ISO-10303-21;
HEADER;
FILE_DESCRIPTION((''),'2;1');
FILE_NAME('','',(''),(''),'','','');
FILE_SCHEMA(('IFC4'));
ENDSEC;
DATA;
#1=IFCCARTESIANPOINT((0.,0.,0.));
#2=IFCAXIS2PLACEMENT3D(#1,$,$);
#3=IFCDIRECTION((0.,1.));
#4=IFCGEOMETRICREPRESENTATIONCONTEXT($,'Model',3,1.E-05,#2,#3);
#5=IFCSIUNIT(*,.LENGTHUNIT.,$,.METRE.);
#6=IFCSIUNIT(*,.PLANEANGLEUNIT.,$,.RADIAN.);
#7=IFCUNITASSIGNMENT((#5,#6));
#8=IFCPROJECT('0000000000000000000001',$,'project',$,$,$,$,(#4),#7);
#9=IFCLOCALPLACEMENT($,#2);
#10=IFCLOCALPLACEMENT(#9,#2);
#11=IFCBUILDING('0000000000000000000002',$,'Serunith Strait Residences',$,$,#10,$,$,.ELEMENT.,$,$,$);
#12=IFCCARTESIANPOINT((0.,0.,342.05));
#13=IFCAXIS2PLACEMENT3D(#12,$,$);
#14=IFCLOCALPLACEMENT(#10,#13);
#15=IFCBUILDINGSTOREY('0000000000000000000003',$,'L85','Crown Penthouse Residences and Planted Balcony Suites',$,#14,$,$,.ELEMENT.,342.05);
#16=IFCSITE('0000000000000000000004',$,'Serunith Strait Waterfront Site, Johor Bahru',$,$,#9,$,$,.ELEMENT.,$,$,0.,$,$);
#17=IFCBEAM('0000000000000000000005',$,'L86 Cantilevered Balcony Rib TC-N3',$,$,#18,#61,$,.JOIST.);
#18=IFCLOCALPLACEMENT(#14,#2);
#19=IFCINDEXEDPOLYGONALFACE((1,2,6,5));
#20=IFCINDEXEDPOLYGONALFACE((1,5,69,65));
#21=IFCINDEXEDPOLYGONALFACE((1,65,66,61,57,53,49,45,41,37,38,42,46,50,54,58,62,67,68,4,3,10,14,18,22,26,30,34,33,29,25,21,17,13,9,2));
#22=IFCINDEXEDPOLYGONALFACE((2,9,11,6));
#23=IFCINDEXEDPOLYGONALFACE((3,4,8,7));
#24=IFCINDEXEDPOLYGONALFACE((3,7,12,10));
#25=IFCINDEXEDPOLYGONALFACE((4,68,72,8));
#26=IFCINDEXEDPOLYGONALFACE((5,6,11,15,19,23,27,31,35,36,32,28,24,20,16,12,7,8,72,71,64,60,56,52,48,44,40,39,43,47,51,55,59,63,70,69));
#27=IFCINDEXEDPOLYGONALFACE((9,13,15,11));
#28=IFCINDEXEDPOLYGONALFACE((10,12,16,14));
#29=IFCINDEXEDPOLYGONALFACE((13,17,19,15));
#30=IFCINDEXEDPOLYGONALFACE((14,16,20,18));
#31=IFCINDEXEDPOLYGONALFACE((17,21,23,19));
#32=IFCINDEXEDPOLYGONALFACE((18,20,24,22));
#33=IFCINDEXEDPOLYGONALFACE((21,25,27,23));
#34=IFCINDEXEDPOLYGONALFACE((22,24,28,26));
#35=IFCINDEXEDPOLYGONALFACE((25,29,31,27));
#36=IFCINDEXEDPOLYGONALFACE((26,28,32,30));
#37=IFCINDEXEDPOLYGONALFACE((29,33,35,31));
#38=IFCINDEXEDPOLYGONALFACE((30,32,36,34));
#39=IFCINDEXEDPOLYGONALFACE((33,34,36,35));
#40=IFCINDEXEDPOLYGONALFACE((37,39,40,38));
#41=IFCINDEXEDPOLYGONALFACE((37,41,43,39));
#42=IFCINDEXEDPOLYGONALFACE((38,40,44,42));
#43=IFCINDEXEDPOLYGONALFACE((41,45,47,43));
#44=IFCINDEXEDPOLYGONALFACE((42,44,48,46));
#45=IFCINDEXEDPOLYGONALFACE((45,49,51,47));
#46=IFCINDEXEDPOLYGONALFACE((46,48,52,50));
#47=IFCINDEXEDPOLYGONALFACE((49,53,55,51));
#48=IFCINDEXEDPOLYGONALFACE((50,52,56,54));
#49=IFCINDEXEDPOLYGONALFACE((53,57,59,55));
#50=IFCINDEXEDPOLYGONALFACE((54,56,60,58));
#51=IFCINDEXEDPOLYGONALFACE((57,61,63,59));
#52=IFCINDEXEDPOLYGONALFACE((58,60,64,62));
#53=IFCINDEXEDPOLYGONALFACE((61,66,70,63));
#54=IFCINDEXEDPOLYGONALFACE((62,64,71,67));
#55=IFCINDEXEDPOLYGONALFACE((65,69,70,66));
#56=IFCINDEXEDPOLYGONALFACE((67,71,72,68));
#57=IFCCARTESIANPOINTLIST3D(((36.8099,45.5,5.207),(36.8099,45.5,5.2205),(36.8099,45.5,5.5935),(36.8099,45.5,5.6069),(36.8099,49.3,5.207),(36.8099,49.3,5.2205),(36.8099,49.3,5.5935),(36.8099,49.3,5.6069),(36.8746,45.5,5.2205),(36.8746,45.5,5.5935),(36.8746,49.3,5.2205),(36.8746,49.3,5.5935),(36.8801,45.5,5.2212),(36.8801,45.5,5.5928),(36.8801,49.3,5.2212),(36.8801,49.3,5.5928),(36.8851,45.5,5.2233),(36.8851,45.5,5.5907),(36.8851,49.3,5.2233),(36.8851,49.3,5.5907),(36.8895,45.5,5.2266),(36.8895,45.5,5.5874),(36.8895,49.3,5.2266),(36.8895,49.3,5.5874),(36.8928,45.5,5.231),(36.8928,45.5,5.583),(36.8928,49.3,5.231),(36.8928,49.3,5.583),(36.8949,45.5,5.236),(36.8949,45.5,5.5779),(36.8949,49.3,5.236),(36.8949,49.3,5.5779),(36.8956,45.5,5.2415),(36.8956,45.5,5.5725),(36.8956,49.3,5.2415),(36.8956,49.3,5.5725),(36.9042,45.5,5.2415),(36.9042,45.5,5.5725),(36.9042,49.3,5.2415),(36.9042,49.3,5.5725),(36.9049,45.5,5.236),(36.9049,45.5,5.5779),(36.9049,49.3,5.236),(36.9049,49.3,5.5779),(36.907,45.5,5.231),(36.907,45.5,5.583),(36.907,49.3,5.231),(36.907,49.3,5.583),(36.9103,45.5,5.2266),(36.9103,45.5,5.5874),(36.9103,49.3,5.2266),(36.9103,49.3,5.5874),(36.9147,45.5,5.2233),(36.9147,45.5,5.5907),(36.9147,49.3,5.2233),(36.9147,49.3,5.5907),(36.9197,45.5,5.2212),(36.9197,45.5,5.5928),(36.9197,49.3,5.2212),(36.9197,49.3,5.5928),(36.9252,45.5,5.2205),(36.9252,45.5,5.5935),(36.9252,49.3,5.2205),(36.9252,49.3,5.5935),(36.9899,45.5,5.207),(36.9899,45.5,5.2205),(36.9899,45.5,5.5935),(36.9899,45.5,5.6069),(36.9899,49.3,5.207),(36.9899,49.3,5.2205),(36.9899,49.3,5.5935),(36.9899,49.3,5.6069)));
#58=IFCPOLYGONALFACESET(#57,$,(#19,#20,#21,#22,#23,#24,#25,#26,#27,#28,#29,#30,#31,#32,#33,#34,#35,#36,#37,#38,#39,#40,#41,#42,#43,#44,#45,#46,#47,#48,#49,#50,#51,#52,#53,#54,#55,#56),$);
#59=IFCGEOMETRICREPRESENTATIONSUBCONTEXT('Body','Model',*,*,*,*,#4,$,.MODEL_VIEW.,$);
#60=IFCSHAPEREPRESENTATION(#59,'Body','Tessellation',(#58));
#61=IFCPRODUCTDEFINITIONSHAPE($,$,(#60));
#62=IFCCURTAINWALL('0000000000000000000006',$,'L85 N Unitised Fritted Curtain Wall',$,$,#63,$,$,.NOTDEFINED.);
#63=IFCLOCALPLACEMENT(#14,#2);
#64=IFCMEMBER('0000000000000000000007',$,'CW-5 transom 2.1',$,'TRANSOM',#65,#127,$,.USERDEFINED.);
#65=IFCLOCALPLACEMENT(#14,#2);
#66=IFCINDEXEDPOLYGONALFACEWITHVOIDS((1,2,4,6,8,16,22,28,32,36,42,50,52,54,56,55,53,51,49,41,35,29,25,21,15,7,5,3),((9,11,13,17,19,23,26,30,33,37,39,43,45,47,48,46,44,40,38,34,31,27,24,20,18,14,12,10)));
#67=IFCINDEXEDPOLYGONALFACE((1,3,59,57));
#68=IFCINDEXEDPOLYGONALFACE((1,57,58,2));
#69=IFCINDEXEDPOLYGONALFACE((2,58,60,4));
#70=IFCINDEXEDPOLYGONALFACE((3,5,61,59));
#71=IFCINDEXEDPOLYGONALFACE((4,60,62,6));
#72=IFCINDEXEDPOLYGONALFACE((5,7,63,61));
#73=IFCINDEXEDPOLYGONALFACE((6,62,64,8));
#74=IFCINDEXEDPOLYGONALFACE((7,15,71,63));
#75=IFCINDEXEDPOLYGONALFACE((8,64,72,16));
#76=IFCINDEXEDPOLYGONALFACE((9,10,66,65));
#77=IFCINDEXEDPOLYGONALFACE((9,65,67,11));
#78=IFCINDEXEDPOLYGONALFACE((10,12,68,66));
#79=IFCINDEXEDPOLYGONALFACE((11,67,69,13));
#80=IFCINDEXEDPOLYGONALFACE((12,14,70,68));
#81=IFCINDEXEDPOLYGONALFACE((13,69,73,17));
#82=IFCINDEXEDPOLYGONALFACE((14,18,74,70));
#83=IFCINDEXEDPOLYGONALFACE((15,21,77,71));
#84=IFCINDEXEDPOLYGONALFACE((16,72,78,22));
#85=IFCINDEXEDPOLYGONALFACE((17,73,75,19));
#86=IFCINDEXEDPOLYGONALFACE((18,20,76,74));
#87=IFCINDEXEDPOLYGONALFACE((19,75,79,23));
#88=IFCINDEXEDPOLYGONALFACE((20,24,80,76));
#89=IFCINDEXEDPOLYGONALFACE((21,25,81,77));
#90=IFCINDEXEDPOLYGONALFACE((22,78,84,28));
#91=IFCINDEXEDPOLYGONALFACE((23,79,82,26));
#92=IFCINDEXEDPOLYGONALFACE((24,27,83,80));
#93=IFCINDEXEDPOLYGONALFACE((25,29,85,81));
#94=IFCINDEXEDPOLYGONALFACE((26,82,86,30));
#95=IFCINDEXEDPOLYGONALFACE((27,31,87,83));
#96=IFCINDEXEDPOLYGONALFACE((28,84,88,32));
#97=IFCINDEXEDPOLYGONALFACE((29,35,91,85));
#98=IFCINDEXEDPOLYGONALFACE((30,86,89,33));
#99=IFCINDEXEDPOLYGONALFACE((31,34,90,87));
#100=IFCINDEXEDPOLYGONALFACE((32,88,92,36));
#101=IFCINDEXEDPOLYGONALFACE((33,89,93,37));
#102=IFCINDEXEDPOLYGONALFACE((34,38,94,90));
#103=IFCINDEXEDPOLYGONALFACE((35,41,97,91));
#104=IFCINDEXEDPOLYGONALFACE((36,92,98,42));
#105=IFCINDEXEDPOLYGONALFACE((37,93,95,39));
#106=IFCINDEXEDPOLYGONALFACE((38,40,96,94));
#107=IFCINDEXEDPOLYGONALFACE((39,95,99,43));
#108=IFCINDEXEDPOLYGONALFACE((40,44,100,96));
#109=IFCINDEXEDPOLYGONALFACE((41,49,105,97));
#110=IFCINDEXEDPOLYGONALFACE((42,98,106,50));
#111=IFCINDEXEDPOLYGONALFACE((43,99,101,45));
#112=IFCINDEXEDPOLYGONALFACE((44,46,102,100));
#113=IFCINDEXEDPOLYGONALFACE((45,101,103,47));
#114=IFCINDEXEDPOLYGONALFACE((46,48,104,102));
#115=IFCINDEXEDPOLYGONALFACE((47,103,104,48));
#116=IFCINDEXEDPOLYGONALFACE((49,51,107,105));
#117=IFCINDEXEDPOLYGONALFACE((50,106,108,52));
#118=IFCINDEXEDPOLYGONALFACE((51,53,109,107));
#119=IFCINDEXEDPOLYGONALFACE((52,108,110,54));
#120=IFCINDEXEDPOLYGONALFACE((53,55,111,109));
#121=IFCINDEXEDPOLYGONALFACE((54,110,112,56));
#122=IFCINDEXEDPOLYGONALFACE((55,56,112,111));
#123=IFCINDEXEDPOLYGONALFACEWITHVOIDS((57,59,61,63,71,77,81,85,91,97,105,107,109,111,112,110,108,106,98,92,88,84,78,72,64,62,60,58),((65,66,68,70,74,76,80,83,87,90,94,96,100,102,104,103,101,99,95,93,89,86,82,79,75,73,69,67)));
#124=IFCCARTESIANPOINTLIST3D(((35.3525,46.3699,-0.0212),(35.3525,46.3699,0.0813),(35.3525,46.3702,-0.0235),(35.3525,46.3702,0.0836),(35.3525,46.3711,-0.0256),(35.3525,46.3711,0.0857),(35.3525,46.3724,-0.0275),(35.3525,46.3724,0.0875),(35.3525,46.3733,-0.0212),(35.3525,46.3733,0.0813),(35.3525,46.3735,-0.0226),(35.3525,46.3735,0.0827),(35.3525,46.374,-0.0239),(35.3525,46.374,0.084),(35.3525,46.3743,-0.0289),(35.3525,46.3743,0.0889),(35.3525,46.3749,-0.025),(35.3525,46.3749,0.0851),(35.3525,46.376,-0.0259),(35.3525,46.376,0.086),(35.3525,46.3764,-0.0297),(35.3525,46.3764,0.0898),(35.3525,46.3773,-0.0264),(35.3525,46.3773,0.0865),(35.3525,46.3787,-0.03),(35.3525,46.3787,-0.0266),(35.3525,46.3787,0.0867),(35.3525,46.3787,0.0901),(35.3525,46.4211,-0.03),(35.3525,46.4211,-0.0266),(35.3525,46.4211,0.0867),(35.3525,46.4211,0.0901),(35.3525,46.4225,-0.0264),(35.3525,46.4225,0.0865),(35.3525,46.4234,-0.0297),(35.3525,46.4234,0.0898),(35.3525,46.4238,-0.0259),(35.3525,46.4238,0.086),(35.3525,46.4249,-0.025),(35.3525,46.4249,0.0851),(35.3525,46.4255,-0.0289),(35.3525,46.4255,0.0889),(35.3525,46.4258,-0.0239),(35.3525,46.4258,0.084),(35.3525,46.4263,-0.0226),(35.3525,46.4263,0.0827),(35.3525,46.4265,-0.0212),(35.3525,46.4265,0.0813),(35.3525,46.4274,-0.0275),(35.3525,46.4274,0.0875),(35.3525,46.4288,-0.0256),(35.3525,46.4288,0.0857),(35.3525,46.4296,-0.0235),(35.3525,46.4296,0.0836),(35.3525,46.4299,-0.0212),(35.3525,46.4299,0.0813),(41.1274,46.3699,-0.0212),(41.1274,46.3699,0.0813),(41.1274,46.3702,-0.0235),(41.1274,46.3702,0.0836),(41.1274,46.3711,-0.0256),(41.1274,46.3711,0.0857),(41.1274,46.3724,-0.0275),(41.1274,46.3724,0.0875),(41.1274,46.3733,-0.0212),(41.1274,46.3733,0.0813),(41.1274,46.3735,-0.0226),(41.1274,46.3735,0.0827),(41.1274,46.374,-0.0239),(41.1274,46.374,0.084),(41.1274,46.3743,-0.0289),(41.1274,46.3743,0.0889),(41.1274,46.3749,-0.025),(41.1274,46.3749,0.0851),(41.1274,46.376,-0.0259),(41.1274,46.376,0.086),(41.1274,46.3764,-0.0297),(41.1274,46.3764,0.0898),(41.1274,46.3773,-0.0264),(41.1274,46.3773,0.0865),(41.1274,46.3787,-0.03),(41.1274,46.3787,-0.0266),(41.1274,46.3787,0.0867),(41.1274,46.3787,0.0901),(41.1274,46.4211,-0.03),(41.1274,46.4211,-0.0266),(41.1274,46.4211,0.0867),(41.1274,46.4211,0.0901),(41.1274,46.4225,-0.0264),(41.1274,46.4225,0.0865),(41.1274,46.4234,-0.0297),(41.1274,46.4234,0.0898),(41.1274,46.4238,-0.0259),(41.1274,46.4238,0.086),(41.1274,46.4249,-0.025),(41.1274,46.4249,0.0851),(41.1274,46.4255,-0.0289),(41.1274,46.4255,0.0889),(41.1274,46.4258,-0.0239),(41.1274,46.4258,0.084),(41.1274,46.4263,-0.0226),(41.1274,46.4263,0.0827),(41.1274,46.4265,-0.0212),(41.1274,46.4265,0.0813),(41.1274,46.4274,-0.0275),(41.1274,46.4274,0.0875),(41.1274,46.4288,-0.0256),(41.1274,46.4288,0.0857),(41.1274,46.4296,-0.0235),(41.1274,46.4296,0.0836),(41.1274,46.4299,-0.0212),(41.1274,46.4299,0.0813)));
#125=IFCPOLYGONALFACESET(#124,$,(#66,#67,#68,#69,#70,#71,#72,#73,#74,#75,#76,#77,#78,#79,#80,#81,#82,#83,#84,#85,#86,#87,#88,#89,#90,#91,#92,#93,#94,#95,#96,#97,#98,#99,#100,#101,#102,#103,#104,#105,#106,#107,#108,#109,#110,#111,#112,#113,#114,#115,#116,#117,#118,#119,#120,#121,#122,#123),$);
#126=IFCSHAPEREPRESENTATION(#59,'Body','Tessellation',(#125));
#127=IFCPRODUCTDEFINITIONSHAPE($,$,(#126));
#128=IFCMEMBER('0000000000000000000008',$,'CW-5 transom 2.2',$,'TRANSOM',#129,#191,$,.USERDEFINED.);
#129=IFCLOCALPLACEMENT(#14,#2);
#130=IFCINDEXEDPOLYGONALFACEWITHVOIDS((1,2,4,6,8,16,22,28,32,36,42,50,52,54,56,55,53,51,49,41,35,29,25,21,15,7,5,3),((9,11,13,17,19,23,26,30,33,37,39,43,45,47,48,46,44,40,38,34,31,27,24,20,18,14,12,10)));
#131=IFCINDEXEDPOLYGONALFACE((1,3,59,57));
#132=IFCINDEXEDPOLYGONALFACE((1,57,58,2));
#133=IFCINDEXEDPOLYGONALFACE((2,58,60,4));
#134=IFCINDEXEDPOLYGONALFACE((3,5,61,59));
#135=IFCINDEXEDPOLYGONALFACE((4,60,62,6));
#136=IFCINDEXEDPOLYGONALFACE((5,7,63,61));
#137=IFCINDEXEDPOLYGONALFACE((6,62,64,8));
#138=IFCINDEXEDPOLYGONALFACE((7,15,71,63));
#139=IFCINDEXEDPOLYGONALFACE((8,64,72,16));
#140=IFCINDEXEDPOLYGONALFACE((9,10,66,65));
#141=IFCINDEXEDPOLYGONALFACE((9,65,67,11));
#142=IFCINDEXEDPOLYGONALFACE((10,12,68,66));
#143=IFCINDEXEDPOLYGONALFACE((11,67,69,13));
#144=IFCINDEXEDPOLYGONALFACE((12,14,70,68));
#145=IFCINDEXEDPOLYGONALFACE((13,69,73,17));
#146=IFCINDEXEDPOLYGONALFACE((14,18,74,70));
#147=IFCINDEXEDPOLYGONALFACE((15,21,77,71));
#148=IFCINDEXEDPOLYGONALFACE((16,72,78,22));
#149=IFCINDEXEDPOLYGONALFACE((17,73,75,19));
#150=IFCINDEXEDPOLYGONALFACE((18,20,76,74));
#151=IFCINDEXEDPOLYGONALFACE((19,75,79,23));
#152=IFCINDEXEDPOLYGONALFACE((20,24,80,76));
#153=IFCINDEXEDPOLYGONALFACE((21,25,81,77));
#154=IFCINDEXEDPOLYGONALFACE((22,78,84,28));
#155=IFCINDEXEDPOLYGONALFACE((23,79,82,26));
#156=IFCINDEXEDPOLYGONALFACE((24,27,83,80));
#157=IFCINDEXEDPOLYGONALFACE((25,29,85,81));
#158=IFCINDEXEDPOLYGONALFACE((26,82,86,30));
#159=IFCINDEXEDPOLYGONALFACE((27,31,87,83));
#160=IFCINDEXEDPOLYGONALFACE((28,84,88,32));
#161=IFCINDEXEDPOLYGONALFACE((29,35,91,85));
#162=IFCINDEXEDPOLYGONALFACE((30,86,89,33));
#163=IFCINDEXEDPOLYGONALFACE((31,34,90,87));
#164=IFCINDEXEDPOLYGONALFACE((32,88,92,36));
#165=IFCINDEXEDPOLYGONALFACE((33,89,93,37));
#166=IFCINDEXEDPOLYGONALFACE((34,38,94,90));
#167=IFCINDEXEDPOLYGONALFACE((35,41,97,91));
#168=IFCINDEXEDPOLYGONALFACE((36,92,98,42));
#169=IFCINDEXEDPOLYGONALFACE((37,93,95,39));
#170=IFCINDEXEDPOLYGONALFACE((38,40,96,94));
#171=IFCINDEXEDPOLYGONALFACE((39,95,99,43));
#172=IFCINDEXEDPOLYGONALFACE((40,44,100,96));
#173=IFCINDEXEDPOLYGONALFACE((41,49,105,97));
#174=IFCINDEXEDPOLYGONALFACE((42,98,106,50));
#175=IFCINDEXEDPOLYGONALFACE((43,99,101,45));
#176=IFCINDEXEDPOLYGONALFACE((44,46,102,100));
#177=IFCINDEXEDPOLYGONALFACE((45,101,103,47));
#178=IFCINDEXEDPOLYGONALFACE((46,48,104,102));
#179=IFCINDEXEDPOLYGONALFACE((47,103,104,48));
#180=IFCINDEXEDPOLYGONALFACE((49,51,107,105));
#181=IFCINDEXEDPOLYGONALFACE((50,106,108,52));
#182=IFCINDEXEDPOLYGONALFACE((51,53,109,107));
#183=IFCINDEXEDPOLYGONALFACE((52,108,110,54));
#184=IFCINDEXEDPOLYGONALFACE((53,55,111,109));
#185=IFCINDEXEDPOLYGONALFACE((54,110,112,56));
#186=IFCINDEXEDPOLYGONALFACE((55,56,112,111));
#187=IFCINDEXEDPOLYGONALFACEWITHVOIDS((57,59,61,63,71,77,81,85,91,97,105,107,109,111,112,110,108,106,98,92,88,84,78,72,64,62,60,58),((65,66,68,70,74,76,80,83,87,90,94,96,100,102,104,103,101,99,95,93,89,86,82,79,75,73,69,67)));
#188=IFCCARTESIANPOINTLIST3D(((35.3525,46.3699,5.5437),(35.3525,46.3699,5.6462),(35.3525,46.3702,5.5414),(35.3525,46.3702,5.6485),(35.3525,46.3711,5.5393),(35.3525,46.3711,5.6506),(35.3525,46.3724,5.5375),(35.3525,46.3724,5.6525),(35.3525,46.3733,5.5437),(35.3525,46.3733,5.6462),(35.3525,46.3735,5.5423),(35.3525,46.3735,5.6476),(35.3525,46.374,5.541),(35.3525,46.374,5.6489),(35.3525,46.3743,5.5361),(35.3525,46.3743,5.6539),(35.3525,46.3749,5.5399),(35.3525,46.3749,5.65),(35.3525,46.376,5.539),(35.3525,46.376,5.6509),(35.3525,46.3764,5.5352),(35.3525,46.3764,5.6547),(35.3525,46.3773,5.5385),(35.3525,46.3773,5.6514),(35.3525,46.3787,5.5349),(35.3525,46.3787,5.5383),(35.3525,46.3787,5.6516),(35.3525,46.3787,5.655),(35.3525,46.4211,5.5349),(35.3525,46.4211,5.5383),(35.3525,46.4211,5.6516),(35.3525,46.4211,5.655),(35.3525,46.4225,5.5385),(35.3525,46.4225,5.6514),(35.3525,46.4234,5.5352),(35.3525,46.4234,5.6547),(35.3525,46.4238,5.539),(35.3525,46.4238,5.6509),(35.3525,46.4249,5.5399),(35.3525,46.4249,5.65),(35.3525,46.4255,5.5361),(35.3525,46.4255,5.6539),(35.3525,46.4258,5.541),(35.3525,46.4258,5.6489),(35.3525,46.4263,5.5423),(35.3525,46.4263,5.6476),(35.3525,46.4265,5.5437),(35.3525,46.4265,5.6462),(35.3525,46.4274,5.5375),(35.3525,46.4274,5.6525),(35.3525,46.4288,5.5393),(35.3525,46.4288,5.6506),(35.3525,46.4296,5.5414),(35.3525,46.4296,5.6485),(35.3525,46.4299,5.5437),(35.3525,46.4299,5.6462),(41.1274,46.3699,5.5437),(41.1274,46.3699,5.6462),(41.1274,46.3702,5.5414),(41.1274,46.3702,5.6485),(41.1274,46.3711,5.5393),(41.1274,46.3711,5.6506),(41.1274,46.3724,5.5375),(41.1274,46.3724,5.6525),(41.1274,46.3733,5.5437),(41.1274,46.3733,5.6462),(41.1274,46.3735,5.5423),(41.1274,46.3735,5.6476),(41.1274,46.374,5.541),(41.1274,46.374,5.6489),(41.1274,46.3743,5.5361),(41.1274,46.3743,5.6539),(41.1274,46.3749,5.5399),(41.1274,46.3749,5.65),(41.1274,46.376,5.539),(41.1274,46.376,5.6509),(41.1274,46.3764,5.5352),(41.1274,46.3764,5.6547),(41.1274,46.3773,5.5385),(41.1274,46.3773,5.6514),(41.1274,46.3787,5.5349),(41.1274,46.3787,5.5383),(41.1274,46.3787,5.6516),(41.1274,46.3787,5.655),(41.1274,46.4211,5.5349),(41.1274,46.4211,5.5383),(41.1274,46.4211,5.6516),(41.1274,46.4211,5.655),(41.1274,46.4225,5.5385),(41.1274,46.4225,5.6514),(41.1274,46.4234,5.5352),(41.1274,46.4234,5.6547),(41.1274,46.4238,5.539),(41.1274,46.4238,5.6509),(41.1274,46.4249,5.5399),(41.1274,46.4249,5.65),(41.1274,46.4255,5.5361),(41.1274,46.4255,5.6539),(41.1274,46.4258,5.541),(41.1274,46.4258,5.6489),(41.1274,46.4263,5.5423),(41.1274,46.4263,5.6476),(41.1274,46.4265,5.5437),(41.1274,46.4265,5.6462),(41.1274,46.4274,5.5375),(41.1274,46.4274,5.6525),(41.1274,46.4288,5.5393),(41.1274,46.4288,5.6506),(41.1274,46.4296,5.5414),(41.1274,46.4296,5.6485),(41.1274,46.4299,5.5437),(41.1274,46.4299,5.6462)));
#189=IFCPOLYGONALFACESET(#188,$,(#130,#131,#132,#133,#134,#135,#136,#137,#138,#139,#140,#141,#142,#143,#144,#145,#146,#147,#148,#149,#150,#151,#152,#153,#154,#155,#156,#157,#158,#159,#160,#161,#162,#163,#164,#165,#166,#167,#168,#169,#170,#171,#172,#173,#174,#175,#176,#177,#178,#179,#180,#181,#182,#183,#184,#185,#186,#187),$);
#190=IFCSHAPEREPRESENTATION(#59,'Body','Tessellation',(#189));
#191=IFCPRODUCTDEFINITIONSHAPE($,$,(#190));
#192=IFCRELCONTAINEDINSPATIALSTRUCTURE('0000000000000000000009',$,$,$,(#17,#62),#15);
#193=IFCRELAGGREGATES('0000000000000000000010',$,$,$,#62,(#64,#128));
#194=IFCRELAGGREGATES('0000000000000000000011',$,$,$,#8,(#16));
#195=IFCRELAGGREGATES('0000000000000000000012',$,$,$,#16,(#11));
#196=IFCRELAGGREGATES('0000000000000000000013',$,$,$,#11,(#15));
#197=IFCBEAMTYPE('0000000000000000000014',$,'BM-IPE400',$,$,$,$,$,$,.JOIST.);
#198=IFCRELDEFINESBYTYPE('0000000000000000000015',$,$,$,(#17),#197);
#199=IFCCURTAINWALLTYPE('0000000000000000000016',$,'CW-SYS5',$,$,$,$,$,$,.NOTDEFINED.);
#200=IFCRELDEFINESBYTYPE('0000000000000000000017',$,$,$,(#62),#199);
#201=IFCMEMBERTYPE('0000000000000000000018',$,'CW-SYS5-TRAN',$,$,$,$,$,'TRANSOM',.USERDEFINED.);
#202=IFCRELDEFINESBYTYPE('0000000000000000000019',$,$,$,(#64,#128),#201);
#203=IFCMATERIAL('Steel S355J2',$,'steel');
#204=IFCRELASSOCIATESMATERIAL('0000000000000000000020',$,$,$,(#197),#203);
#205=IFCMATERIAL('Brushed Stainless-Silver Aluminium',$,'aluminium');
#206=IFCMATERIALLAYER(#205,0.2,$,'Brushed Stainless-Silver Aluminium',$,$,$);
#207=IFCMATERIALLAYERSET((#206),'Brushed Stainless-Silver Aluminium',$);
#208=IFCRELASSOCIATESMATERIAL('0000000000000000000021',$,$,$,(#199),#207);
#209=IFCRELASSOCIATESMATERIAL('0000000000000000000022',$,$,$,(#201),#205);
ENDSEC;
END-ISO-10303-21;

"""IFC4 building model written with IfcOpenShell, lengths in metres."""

from ifc_helpers import new_model, si_unit, direction, frame, origin, origin_2d, place, context, subcontext, project, spatial, hollow_rectangle, i_section, extrude, source, transform, mapped, material, layer, layer_set, material_profile, profile_set, type_object, element, aggregate, save


model = new_model("IFC4")

# Units and contexts
model_context = context("Model", 3, precision=1e-05, world=origin(), true_north=direction((0.0, 1.0)))
body_context = subcontext(model_context, "Body", "Model", "MODEL_VIEW")
ifc_project = project(units=[si_unit("LENGTHUNIT", "METRE"), si_unit("PLANEANGLEUNIT", "RADIAN")], contexts=[model_context])

# Site, building, storey
site_placement = place(None, origin())
site = spatial("IfcSite", under=ifc_project, at=site_placement, Name="Serunith Strait Waterfront Site, Johor Bahru", CompositionType="ELEMENT", RefElevation=0.0)
building_placement = place(site_placement, origin())
building = spatial("IfcBuilding", under=site, at=building_placement, Name="Serunith Strait Residences", CompositionType="ELEMENT")
storey_placement = place(building_placement, frame((0.0, 0.0, 342.05)))
storey = spatial("IfcBuildingStorey", under=building, at=storey_placement, Name="L85", Description="Crown Penthouse Residences and Planted Balcony Suites", CompositionType="ELEMENT", Elevation=342.05)

# Beam
ifc_material_1 = material(Name="Steel S355J2", Category="steel")
ifc_material_profile_1 = material_profile(ifc_material_1, i_section(OverallWidth=0.1799, OverallDepth=0.3999, WebThickness=0.0085, FlangeThickness=0.0134, FilletRadius=0.021, at=origin_2d()), Name="IPE 400")
ifc_profile_set_1 = profile_set([ifc_material_profile_1], Name="Steel S355J2")
beam_type_1 = type_object("IfcBeamType", Name="BM-IPE400", PredefinedType="JOIST", material=ifc_profile_set_1)
shared_shape_1 = source(origin(), body_context, "Body", "SweptSolid", [
    extrude(i_section(OverallWidth=0.1799, OverallDepth=0.3999, WebThickness=0.0085, FlangeThickness=0.0134, FilletRadius=0.021, at=origin_2d()), origin(), (0.0, 0.0, 1.0), 3.8),
])
beam_1_placement = place(storey_placement, frame((36.8999, 45.5, 5.407), z_axis=(0.0, 1.0, 0.0), x_axis=(-1.0, 0.0, 0.0)))
element("IfcBeam", 1, at=beam_1_placement, inside=storey, type_object=beam_type_1, Name="L86 Cantilevered Balcony Rib TC-N3", PredefinedType="JOIST", context=body_context, shape_type="MappedRepresentation", body=[
    mapped(shared_shape_1, transform((0.0, 0.0, 0.0), scale=1.0)),
])

# Curtain wall, members
ifc_material_2 = material(Name="Brushed Stainless-Silver Aluminium", Category="aluminium")
ifc_layer_1 = layer(ifc_material_2, 0.2, Name="Brushed Stainless-Silver Aluminium")
ifc_layer_set_1 = layer_set([ifc_layer_1], Name="Brushed Stainless-Silver Aluminium")
curtain_wall_type = type_object("IfcCurtainWallType", Name="CW-SYS5", PredefinedType="NOTDEFINED", material=ifc_layer_set_1)
curtain_wall_placement = place(storey_placement, origin())
curtain_wall = element("IfcCurtainWall", 2, at=curtain_wall_placement, inside=storey, type_object=curtain_wall_type, Name="L85 N Unitised Fritted Curtain Wall", PredefinedType="NOTDEFINED")
ifc_material_profile_2 = material_profile(ifc_material_2, hollow_rectangle(XDim=0.0601, YDim=0.1201, WallThickness=0.0034, InnerFilletRadius=0.0054, OuterFilletRadius=0.0088, at=origin_2d()), Name="ALU 120x60x3.5")
ifc_profile_set_2 = profile_set([ifc_material_profile_2], Name="Brushed Stainless-Silver Aluminium")
member_type_1 = type_object("IfcMemberType", Name="CW-SYS5-TRAN", ElementType="TRANSOM", PredefinedType="USERDEFINED", material=ifc_profile_set_2)
shared_shape_2 = source(origin(), body_context, "Body", "SweptSolid", [
    extrude(hollow_rectangle(XDim=0.0601, YDim=0.1201, WallThickness=0.0034, InnerFilletRadius=0.0054, OuterFilletRadius=0.0088, at=origin_2d()), origin(), (0.0, 0.0, 1.0), 5.7749),
])
member_1_placement = place(storey_placement, frame((41.1274, 46.3999, 0.03), z_axis=(-1.0, 0.0, 0.0), x_axis=(0.0, -1.0, 0.0)))
member_1 = element("IfcMember", 3, at=member_1_placement, type_object=member_type_1, Name="CW-5 transom 2.1", ObjectType="TRANSOM", PredefinedType="USERDEFINED", context=body_context, shape_type="MappedRepresentation", body=[
    mapped(shared_shape_2, transform((0.0, 0.0, 0.0), scale=1.0)),
])
member_2_placement = place(storey_placement, frame((41.1274, 46.3999, 5.595), z_axis=(-1.0, 0.0, 0.0), x_axis=(0.0, -1.0, 0.0)))
member_2 = element("IfcMember", 4, at=member_2_placement, type_object=member_type_1, Name="CW-5 transom 2.2", ObjectType="TRANSOM", PredefinedType="USERDEFINED", context=body_context, shape_type="MappedRepresentation", body=[
    mapped(shared_shape_2, transform((0.0, 0.0, 0.0), scale=1.0)),
])
aggregate(curtain_wall, [member_1, member_2])

save(model, "model.ifc")
